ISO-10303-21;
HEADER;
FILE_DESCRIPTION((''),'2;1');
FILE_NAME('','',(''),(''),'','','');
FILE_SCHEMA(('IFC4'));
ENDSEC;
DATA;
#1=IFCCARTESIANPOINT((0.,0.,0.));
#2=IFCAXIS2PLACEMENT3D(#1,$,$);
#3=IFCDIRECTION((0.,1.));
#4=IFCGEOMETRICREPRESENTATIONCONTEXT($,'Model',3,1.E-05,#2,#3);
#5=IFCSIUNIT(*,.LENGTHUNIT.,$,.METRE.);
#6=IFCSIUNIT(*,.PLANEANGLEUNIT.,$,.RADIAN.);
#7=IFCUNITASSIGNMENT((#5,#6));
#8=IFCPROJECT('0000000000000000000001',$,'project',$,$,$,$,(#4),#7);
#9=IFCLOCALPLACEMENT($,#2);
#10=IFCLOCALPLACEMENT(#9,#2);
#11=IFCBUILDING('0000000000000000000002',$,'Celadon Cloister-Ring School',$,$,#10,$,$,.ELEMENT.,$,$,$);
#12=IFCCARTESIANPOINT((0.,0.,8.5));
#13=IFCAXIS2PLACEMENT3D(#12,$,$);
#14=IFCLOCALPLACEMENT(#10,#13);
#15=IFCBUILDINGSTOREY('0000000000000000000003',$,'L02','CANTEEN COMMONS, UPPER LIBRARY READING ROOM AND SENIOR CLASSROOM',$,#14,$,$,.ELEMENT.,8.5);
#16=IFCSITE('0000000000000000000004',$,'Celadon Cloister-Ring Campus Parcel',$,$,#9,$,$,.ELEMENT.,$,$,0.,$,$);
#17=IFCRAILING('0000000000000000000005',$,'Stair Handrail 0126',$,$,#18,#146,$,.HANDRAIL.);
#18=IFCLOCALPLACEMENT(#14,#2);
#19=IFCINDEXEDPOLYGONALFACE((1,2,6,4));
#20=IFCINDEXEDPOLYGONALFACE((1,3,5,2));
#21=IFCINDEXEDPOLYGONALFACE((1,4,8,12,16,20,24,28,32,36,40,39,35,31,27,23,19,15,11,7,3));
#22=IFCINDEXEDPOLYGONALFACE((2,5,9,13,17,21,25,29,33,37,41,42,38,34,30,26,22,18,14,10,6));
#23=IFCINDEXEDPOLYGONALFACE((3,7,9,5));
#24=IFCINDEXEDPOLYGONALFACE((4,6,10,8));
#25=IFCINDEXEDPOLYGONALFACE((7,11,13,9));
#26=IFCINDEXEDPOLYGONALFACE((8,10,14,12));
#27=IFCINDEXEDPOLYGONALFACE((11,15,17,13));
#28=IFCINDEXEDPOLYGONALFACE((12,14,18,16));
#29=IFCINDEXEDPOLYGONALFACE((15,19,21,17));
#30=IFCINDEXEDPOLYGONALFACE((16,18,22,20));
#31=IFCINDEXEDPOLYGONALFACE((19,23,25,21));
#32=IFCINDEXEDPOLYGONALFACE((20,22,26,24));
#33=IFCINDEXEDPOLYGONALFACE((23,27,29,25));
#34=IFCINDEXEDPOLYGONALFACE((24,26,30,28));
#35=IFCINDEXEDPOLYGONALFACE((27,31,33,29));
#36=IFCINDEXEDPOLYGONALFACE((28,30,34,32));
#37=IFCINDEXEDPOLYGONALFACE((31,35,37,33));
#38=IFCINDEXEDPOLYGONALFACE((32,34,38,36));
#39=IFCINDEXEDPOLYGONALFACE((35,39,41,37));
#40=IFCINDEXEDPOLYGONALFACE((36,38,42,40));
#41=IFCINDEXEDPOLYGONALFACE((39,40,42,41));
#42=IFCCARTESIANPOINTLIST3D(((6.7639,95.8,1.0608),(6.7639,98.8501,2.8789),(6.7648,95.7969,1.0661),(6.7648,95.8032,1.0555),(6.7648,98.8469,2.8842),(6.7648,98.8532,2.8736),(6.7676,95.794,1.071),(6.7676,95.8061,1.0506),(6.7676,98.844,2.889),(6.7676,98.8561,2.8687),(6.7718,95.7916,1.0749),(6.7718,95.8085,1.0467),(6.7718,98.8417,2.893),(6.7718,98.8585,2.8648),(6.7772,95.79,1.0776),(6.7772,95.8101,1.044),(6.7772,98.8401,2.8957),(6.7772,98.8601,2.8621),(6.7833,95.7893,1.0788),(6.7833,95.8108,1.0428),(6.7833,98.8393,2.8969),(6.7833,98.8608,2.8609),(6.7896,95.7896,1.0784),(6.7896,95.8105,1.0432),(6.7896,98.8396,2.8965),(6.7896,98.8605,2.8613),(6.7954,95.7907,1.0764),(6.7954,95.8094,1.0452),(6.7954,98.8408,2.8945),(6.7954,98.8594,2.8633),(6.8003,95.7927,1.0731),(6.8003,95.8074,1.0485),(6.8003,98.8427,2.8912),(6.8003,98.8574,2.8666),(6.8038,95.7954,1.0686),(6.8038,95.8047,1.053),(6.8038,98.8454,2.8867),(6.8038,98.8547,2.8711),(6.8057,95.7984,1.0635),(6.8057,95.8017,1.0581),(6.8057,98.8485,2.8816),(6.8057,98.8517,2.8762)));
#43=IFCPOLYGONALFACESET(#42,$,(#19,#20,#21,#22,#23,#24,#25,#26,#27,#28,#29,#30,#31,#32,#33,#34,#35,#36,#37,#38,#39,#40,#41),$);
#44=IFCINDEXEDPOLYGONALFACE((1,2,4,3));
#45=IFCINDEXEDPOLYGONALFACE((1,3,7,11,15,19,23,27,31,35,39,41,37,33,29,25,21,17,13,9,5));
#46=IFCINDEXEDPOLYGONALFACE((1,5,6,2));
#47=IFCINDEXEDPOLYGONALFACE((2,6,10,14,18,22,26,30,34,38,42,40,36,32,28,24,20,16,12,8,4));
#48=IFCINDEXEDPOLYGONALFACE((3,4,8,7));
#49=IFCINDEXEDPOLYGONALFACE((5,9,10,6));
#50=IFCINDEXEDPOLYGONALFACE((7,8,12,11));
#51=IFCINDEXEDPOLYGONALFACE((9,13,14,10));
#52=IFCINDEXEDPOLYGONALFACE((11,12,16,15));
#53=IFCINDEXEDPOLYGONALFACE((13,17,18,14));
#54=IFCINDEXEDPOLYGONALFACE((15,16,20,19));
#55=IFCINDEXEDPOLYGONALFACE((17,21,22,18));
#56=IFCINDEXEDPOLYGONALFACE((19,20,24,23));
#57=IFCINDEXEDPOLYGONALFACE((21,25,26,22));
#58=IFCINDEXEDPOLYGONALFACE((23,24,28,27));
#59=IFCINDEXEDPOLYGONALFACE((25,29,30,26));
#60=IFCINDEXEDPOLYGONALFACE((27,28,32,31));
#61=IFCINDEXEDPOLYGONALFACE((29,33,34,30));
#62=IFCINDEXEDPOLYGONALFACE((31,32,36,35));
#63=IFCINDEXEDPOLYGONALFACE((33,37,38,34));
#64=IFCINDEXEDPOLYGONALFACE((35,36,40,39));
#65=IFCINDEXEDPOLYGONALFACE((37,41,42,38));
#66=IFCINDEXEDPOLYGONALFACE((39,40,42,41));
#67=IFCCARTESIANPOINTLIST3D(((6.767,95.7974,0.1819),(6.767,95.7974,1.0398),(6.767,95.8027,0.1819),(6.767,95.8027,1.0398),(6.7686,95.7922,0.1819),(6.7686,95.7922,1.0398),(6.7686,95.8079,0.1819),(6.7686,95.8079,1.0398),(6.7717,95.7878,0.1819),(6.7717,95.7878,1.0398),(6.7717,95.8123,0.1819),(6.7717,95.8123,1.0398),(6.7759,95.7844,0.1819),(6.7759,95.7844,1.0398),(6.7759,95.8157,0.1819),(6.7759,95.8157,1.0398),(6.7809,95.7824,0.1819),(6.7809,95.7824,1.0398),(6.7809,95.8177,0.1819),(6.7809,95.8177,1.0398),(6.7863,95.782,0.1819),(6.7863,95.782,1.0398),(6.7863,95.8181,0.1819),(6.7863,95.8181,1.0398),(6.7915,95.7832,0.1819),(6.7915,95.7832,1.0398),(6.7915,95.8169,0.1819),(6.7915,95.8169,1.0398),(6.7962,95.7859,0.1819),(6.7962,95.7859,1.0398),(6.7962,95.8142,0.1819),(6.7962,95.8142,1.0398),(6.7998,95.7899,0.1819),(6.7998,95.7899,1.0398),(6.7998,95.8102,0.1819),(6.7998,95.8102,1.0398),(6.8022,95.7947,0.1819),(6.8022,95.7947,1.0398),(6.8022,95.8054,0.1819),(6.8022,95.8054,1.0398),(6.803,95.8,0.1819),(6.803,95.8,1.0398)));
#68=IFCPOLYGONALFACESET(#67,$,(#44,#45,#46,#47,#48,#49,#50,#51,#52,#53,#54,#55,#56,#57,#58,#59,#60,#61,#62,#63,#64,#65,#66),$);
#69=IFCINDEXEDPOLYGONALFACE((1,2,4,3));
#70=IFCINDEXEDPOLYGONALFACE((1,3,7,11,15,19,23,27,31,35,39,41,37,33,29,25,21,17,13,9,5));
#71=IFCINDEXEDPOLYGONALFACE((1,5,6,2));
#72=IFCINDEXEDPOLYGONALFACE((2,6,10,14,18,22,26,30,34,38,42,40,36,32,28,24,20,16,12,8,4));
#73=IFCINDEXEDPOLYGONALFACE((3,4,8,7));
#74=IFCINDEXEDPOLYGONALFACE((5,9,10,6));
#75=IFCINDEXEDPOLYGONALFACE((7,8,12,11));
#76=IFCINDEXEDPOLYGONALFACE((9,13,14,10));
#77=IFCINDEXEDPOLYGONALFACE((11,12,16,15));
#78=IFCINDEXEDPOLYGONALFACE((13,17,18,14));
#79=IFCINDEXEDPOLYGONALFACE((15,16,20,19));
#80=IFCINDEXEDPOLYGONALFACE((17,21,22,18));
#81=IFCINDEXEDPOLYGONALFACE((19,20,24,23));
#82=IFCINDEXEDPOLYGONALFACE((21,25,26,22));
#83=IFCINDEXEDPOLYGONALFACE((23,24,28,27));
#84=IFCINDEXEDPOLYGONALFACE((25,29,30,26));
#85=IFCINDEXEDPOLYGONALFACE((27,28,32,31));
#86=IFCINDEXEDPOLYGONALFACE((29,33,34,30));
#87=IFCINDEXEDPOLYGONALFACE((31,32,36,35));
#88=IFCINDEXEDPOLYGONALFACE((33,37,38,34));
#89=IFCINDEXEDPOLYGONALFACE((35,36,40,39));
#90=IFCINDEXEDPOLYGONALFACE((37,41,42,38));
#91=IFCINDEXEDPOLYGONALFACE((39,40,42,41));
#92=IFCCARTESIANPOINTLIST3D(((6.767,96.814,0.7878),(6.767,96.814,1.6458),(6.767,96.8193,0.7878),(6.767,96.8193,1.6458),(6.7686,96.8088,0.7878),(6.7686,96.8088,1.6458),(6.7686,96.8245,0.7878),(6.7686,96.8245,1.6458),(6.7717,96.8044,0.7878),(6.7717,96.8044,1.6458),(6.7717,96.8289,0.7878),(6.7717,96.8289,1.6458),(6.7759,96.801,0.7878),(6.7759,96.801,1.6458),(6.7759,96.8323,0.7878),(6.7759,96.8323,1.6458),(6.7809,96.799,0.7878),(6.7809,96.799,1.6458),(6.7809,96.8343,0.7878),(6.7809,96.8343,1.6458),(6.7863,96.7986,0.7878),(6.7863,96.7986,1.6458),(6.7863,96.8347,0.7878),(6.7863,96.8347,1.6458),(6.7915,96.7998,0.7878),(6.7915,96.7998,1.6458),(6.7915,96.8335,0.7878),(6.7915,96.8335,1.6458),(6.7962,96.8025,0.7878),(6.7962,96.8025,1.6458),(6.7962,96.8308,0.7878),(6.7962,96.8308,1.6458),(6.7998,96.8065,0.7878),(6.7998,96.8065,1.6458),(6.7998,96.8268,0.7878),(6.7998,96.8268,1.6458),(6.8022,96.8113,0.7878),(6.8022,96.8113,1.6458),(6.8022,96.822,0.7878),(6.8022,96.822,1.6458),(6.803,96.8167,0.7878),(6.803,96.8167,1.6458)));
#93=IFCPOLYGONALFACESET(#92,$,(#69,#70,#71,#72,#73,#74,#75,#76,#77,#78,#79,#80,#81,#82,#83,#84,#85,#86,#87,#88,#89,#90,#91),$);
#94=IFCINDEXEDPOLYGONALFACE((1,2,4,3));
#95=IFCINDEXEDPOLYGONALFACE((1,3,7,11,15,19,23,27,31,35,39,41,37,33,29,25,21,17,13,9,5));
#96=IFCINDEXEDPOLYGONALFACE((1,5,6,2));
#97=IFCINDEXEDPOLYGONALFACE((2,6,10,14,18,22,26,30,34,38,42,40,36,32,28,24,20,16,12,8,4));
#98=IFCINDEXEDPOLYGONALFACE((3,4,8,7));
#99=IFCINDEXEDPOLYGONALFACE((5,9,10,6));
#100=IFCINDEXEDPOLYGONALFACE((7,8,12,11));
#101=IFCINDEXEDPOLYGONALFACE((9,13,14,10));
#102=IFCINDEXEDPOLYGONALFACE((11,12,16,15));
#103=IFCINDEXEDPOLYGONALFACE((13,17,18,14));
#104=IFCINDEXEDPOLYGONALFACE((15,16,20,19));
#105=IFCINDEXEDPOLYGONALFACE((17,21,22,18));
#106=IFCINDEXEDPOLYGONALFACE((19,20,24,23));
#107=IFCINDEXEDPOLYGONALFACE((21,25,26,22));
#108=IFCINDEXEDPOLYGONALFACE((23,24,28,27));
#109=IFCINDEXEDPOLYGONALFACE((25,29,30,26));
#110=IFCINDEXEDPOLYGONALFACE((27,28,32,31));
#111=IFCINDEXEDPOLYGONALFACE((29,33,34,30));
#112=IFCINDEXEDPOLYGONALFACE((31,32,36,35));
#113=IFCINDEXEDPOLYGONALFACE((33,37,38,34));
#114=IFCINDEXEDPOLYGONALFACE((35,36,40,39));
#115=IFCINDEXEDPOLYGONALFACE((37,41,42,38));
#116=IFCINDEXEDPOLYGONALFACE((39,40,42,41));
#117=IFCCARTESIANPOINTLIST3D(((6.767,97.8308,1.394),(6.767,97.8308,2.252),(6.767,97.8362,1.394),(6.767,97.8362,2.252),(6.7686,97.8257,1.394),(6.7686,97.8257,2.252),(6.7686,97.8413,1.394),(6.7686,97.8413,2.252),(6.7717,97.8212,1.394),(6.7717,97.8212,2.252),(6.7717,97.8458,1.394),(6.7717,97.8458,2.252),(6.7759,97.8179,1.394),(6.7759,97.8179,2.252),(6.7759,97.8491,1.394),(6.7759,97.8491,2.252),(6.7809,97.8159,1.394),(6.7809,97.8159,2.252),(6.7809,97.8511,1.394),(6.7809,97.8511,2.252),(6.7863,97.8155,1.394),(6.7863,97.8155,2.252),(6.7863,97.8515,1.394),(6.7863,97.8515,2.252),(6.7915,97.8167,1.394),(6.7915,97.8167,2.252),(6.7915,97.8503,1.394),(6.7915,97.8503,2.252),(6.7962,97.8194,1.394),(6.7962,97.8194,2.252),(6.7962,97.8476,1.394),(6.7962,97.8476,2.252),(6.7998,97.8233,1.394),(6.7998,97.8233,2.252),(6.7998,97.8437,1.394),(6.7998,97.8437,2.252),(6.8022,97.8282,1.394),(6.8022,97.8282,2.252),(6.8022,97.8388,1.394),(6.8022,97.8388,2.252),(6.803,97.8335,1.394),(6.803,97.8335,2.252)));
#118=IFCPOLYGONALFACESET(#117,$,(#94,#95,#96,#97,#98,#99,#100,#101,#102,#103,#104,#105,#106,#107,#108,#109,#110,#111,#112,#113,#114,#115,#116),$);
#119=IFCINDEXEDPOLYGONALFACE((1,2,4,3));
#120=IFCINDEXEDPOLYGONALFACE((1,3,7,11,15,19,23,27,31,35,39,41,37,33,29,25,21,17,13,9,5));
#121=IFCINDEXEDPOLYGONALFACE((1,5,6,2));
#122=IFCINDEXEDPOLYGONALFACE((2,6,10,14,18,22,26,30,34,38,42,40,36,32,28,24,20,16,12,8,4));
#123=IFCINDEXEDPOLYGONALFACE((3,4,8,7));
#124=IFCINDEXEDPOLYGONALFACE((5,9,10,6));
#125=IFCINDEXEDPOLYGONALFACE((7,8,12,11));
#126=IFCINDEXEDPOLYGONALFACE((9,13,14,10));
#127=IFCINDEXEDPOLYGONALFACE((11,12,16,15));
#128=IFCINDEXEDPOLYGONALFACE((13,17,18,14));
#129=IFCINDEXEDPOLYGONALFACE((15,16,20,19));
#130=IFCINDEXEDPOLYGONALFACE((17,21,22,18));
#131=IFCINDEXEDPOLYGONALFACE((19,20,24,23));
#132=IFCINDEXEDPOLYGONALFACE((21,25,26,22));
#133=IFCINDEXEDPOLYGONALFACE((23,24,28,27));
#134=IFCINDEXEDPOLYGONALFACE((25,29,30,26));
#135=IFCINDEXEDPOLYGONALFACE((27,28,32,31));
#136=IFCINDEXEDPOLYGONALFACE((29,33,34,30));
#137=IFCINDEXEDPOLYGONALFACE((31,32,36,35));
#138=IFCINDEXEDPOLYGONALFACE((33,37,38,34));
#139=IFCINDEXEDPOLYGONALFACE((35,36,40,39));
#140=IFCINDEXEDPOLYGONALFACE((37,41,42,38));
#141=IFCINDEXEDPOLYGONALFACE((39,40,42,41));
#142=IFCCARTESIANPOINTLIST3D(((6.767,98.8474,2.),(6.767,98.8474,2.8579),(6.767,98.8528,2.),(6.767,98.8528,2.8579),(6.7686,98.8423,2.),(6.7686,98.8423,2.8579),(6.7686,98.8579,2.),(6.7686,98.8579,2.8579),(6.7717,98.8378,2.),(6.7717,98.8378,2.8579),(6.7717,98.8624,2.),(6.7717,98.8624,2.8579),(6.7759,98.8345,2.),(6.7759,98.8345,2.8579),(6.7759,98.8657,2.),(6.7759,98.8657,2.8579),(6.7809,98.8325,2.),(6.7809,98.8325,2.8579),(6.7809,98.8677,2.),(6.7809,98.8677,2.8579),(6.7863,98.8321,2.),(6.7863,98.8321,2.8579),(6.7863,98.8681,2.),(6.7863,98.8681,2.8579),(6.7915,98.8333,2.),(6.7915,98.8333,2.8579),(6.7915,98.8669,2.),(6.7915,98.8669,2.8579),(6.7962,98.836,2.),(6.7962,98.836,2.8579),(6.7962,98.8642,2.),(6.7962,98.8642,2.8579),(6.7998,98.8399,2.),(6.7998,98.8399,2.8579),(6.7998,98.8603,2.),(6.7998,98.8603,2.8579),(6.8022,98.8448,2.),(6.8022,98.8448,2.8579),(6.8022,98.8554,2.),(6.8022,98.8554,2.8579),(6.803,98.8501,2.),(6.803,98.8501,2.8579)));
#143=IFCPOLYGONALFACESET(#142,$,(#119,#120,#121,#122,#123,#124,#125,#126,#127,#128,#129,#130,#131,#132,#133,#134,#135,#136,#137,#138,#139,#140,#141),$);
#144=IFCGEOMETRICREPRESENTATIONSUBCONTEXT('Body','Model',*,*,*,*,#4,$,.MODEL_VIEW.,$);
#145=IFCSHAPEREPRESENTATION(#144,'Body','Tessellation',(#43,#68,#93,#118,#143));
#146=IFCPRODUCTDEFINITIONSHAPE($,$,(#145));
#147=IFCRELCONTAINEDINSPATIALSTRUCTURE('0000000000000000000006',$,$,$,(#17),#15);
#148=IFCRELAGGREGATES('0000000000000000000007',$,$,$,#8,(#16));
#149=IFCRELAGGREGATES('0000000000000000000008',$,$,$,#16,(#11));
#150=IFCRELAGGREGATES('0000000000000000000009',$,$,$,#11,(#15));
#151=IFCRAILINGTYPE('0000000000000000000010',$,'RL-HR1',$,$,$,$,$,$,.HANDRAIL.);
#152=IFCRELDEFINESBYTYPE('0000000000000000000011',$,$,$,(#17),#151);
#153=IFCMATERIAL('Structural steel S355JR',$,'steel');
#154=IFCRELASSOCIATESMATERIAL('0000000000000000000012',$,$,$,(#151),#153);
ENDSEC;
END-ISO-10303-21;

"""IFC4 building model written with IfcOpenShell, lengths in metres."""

from ifc_helpers import new_model, si_unit, direction, frame, origin, origin_2d, place, context, subcontext, project, spatial, circle, extrude, material, type_object, element, save


model = new_model("IFC4")

# Units and contexts
model_context = context("Model", 3, precision=1e-05, world=origin(), true_north=direction((0.0, 1.0)))
body_context = subcontext(model_context, "Body", "Model", "MODEL_VIEW")
ifc_project = project(units=[si_unit("LENGTHUNIT", "METRE"), si_unit("PLANEANGLEUNIT", "RADIAN")], contexts=[model_context])

# Site, building, storey
site_placement = place(None, origin())
site = spatial("IfcSite", under=ifc_project, at=site_placement, Name="Celadon Cloister-Ring Campus Parcel", CompositionType="ELEMENT", RefElevation=0.0)
building_placement = place(site_placement, origin())
building = spatial("IfcBuilding", under=site, at=building_placement, Name="Celadon Cloister-Ring School", CompositionType="ELEMENT")
storey_placement = place(building_placement, frame((0.0, 0.0, 8.5)))
storey = spatial("IfcBuildingStorey", under=building, at=storey_placement, Name="L02", Description="CANTEEN COMMONS, UPPER LIBRARY READING ROOM AND SENIOR CLASSROOM", CompositionType="ELEMENT", Elevation=8.5)

# Railing
ifc_material_1 = material(Name="Structural steel S355JR", Category="steel")
railing_type_1 = type_object("IfcRailingType", Name="RL-HR1", PredefinedType="HANDRAIL", material=ifc_material_1)
for number, where, name in (
    (1, (6.7849, 95.8, 0.1819), "Stair Handrail 0126"),
):
    element("IfcRailing", number, at=place(storey_placement, frame(where)), inside=storey, type_object=railing_type_1, Name=name, PredefinedType="HANDRAIL", context=body_context, shape_type="SweptSolid", body=[
        extrude(circle(Radius=0.021, at=origin_2d()), frame((0.0, 0.0, 0.8789), z_axis=(0.0, 0.85897, 0.512026), x_axis=(-1.0, 0.0, 0.0)), (0.0, 0.0, 1.0), 3.5508),
        extrude(circle(Radius=0.0181, at=origin_2d()), origin(), (0.0, 0.0, 1.0), 0.8579),
        extrude(circle(Radius=0.0181, at=origin_2d()), frame((0.0, 1.0166, 0.606)), (0.0, 0.0, 1.0), 0.8579),
        extrude(circle(Radius=0.0181, at=origin_2d()), frame((0.0, 2.0334, 1.2122)), (0.0, 0.0, 1.0), 0.8579),
        extrude(circle(Radius=0.0181, at=origin_2d()), frame((0.0, 3.05, 1.8181)), (0.0, 0.0, 1.0), 0.8579),
    ])

save(model, "model.ifc")
